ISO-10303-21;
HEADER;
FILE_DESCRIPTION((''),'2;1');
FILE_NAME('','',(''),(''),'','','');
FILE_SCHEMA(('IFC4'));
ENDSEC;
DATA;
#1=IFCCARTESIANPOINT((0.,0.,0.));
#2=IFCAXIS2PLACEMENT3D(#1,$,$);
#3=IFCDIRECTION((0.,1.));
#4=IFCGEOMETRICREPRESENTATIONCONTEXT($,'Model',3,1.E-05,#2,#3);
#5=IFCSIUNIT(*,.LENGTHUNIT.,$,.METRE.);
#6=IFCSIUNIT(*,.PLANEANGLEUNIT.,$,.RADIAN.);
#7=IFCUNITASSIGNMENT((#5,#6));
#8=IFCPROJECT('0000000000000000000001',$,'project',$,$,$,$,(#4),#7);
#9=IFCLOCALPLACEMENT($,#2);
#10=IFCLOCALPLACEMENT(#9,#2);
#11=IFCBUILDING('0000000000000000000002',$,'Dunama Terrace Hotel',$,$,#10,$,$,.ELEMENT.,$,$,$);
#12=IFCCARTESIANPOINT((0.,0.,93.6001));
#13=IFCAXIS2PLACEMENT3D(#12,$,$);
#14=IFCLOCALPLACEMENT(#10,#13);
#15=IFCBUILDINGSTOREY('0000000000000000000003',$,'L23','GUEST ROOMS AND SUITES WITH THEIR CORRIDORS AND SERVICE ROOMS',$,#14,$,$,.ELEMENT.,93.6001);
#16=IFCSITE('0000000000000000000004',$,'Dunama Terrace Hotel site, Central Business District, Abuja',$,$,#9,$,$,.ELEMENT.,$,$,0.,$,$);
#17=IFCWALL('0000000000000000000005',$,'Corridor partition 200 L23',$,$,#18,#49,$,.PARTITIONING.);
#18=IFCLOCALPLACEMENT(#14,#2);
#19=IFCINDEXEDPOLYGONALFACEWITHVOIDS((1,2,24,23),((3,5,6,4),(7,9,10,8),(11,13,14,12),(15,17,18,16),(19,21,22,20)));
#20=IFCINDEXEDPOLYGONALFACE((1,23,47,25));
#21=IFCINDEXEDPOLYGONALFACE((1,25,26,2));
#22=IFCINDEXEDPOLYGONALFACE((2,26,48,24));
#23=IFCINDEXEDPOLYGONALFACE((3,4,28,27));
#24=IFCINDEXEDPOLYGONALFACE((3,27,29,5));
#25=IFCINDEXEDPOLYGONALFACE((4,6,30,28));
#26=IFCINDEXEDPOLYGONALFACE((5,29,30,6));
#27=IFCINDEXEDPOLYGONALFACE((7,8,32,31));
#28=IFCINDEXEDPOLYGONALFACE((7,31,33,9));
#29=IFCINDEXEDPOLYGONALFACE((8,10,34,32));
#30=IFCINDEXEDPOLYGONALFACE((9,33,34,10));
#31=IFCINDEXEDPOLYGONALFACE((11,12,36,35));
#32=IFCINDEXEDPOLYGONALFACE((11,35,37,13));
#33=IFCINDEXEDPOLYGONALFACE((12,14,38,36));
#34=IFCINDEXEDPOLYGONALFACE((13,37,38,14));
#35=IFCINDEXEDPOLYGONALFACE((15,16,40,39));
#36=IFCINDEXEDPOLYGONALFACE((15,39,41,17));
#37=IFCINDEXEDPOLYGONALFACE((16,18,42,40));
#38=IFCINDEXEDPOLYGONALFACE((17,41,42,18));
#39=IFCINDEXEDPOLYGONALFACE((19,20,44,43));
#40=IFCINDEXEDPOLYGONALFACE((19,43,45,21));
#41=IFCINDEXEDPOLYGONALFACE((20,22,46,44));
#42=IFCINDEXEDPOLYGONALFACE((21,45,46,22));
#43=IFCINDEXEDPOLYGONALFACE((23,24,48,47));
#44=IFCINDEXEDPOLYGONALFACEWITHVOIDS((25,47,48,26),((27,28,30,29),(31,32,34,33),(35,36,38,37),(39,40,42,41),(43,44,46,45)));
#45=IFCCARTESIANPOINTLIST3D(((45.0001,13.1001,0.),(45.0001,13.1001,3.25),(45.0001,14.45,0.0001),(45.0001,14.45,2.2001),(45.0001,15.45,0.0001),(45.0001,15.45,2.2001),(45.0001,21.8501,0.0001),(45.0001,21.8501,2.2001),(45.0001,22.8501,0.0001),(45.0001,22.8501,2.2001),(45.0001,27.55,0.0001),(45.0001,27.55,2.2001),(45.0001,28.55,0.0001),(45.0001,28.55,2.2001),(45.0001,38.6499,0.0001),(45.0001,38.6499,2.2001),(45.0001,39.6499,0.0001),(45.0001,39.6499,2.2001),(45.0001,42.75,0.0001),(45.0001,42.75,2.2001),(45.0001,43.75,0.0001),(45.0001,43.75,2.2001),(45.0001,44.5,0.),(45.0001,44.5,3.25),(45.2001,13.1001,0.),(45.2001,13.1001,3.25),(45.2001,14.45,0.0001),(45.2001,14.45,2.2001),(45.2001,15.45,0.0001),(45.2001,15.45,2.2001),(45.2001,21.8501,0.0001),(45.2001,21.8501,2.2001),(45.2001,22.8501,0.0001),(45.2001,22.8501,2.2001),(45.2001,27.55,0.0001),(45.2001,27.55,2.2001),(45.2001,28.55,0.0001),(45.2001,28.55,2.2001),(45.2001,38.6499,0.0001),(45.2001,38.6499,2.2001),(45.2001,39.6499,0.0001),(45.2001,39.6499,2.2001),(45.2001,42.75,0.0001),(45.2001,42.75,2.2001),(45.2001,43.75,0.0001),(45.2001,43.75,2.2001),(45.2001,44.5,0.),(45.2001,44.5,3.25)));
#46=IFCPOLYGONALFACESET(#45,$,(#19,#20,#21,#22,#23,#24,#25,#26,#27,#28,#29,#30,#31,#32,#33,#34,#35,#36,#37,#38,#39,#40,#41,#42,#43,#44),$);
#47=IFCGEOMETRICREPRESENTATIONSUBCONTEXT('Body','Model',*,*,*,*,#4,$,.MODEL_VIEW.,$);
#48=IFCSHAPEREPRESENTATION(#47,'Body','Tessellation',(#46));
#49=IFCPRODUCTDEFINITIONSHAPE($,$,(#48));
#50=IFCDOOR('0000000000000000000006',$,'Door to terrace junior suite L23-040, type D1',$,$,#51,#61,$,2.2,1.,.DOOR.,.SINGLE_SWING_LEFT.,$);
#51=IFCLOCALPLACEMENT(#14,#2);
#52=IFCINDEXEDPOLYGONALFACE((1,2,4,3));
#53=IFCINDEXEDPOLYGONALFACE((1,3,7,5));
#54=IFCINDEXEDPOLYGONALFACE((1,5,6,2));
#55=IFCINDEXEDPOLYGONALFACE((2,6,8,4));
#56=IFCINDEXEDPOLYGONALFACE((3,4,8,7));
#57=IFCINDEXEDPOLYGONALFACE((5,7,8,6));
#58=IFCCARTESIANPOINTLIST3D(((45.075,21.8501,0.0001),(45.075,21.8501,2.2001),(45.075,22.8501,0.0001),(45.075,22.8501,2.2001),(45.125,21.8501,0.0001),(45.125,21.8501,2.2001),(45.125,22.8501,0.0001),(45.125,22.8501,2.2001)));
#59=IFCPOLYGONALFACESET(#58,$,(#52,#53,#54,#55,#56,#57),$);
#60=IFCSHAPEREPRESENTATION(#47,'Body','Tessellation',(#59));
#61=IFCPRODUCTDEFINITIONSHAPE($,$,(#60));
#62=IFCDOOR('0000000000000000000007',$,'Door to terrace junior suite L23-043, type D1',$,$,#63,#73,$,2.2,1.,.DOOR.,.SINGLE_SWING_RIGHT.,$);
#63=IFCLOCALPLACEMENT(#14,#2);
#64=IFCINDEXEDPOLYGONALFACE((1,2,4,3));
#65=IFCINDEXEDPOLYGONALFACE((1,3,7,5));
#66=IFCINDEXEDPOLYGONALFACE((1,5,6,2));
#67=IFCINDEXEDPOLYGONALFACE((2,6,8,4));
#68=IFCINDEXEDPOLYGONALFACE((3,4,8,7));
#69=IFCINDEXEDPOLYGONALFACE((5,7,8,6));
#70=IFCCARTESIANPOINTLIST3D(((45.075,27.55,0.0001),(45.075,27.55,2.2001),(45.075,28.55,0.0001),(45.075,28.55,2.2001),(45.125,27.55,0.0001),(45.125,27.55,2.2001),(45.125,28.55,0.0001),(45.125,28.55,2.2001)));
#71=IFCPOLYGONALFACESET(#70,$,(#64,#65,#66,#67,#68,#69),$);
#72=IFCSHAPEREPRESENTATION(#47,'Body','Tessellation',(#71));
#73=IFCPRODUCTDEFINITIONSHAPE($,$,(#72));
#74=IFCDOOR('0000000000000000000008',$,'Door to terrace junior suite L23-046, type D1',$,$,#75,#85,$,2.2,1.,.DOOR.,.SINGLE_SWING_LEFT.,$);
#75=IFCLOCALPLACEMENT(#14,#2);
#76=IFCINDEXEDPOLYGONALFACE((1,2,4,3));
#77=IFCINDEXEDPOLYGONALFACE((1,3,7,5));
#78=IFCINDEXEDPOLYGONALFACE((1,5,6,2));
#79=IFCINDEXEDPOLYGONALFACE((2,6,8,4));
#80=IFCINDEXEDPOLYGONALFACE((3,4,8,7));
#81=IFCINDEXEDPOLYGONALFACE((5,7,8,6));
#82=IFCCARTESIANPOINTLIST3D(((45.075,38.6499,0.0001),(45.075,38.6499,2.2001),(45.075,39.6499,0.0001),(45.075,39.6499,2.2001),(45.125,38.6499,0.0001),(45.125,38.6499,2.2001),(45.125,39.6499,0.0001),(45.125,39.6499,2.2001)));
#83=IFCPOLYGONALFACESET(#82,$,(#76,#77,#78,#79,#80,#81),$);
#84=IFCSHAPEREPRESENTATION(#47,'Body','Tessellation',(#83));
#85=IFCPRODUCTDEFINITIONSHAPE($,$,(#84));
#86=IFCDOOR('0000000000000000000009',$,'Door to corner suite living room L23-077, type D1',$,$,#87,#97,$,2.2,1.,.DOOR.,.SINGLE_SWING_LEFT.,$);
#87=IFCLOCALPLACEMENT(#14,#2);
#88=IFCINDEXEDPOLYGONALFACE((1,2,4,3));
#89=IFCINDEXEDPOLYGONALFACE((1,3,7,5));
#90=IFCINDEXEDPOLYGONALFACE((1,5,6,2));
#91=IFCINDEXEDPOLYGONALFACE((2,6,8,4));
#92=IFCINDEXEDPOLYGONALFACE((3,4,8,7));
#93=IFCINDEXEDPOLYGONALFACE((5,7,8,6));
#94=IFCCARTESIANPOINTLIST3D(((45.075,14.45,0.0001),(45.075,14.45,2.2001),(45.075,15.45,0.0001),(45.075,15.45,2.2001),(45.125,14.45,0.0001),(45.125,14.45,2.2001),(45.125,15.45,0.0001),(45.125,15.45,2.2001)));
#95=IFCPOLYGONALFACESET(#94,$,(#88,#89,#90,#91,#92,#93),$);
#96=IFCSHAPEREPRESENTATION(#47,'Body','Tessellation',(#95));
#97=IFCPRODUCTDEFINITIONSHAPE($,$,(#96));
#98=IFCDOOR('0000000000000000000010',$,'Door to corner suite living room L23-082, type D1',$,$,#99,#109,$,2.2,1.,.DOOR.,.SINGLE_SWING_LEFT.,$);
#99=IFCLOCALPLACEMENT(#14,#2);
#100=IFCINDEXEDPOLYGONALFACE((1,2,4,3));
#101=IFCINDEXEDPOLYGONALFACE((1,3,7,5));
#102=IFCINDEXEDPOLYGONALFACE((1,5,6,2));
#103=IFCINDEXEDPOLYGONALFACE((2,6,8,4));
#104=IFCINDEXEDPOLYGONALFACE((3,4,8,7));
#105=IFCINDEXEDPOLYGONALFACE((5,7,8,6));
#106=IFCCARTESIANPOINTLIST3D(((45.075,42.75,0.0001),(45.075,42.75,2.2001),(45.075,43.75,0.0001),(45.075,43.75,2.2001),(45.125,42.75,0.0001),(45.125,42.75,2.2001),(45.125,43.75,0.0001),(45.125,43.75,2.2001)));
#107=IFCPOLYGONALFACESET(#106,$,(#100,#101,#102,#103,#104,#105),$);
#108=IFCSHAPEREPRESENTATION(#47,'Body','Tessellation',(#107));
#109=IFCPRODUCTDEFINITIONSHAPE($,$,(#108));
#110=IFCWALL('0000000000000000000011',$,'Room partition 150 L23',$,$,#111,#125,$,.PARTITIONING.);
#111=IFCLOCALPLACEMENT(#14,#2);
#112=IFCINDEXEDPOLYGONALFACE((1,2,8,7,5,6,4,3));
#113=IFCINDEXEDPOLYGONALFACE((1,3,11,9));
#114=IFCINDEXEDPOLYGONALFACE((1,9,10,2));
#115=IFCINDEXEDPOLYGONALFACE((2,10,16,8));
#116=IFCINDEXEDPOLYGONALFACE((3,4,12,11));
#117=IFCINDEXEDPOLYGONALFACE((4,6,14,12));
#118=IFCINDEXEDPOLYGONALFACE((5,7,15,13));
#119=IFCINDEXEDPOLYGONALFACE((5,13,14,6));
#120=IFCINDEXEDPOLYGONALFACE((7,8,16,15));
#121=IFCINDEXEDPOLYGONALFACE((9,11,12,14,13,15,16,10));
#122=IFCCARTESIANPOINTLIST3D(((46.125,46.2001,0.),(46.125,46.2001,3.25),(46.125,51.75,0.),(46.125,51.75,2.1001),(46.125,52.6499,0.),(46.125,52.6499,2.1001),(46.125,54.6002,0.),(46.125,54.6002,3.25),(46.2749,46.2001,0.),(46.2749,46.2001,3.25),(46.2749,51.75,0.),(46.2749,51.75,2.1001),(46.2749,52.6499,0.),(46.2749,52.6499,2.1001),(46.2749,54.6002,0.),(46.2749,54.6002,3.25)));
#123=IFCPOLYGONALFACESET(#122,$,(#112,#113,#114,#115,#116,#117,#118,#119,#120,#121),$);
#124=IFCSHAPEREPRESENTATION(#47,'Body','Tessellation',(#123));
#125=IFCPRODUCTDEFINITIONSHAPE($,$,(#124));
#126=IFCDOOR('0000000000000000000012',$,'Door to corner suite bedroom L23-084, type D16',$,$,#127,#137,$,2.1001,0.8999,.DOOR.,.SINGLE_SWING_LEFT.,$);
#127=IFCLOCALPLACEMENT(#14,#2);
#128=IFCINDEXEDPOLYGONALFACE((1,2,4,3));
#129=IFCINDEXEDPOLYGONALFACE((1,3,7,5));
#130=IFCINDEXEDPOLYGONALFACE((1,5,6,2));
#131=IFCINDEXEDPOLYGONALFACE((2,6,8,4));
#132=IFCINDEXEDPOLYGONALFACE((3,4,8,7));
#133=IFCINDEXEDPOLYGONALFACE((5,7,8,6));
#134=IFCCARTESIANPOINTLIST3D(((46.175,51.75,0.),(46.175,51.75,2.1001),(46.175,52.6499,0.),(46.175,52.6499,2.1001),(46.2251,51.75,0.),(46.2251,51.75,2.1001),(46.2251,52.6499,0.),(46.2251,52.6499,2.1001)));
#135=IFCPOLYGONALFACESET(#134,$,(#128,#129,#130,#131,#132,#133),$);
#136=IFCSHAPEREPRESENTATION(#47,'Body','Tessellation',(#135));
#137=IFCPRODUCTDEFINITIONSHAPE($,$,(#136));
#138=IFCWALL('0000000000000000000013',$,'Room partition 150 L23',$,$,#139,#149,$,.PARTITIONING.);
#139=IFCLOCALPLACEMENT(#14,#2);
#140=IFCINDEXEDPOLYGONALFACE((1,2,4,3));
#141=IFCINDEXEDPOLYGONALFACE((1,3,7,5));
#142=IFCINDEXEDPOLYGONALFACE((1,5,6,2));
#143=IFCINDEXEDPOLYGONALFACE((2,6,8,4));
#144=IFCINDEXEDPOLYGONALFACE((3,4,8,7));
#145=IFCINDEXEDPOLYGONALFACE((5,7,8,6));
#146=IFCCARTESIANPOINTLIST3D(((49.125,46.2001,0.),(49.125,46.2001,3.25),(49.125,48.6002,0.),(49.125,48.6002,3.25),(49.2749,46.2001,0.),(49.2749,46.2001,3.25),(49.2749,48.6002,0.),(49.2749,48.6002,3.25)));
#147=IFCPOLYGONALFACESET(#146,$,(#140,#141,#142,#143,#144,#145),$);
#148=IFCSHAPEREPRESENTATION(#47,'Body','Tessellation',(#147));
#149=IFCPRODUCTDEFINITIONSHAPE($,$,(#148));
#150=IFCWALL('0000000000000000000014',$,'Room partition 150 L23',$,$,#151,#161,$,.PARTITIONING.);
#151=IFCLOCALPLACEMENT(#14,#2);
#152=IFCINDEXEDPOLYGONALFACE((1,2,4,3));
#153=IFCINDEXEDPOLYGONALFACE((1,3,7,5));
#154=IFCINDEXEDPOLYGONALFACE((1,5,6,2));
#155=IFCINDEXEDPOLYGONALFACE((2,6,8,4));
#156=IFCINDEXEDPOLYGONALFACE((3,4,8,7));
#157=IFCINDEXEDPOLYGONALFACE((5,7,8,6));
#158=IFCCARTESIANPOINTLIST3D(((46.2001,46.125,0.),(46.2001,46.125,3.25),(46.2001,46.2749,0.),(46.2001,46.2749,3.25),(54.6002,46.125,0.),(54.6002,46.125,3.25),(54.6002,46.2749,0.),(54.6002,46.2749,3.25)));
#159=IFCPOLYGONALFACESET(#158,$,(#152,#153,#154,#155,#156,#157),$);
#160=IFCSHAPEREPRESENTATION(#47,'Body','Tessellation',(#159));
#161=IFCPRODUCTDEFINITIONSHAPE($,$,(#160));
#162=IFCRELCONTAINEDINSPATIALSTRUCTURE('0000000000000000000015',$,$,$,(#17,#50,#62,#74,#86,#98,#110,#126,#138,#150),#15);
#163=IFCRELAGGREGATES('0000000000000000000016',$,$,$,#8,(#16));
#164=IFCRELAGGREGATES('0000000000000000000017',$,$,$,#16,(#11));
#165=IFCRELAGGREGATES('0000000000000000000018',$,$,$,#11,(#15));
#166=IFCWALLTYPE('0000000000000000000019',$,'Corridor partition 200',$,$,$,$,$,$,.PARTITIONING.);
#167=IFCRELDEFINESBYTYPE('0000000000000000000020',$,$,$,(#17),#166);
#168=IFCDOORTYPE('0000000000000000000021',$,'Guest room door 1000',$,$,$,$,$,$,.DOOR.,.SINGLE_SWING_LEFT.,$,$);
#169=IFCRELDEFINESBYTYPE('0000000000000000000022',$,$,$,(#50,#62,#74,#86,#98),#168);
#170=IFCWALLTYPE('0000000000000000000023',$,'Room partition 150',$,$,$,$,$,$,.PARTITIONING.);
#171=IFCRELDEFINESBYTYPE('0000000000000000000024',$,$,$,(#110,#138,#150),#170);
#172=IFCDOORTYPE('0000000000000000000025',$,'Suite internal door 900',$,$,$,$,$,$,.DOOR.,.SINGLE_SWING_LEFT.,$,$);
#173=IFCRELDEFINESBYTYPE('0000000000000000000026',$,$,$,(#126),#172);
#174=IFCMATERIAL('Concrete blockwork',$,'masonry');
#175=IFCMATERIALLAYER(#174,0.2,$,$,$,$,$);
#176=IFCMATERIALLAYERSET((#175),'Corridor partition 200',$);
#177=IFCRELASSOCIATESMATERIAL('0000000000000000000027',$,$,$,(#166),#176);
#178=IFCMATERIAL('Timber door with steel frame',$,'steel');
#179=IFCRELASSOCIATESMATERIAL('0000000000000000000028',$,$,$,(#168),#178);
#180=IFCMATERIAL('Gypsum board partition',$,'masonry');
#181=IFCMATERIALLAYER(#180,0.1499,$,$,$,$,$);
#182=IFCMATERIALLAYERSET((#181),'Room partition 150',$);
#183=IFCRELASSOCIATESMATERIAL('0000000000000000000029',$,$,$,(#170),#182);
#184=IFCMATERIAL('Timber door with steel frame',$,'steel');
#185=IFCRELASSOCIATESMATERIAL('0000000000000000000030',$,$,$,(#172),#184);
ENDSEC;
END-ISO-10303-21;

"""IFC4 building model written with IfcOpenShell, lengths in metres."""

from ifc_helpers import new_model, si_unit, direction, frame, frame_2d, origin, place, context, subcontext, project, spatial, rectangle, extrude, material, layer, layer_set, type_object, element, fill, save


model = new_model("IFC4")

# Units and contexts
model_context = context("Model", 3, precision=1e-05, world=origin(), true_north=direction((0.0, 1.0)))
body_context = subcontext(model_context, "Body", "Model", "MODEL_VIEW")
ifc_project = project(units=[si_unit("LENGTHUNIT", "METRE"), si_unit("PLANEANGLEUNIT", "RADIAN")], contexts=[model_context])

# Site, building, storey
site_placement = place(None, origin())
site = spatial("IfcSite", under=ifc_project, at=site_placement, Name="Dunama Terrace Hotel site, Central Business District, Abuja", CompositionType="ELEMENT", RefElevation=0.0)
building_placement = place(site_placement, origin())
building = spatial("IfcBuilding", under=site, at=building_placement, Name="Dunama Terrace Hotel", CompositionType="ELEMENT")
storey_placement = place(building_placement, frame((0.0, 0.0, 93.6001)))
storey = spatial("IfcBuildingStorey", under=building, at=storey_placement, Name="L23", Description="GUEST ROOMS AND SUITES WITH THEIR CORRIDORS AND SERVICE ROOMS", CompositionType="ELEMENT", Elevation=93.6001)

# Wall, openings, doors
ifc_material_1 = material(Name="Concrete blockwork", Category="masonry")
ifc_layer_1 = layer(ifc_material_1, 0.2)
ifc_layer_set_1 = layer_set([ifc_layer_1], Name="Corridor partition 200")
wall_type_1 = type_object("IfcWallType", Name="Corridor partition 200", PredefinedType="PARTITIONING", material=ifc_layer_set_1)
wall_1_placement = place(storey_placement, frame((45.1001, 44.5, 0.0), z_axis=(0.0, 0.0, 1.0), x_axis=(0.0, -1.0, 0.0)))
wall_1 = element("IfcWall", 1, at=wall_1_placement, inside=storey, type_object=wall_type_1, Name="Corridor partition 200 L23", PredefinedType="PARTITIONING", context=body_context, shape_type="SweptSolid", body=[
    extrude(rectangle(XDim=31.3999, YDim=0.2, at=frame_2d((15.7, 0.0))), origin(), (0.0, 0.0, 1.0), 3.25),
])
opening_1_placement = place(wall_1_placement, frame((21.6499, 0.0, 0.0)))
opening_1 = element("IfcOpeningElement", 2, at=opening_1_placement, cuts=wall_1, PredefinedType="OPENING", context=body_context, shape_type="SweptSolid", body=[
    extrude(rectangle(XDim=1.0, YDim=2.2, at=frame_2d((0.5, 1.1001))), frame((0.0, 0.1099, 0.0), z_axis=(0.0, -1.0, 0.0), x_axis=(1.0, 0.0, 0.0)), (0.0, 0.0, 1.0), 0.22),
])
opening_2_placement = place(wall_1_placement, frame((15.95, 0.0, 0.0)))
opening_2 = element("IfcOpeningElement", 3, at=opening_2_placement, cuts=wall_1, PredefinedType="OPENING", context=body_context, shape_type="SweptSolid", body=[
    extrude(rectangle(XDim=1.0, YDim=2.2, at=frame_2d((0.5, 1.1001))), frame((0.0, 0.1099, 0.0), z_axis=(0.0, -1.0, 0.0), x_axis=(1.0, 0.0, 0.0)), (0.0, 0.0, 1.0), 0.22),
])
opening_3_placement = place(wall_1_placement, frame((4.8501, 0.0, 0.0)))
opening_3 = element("IfcOpeningElement", 4, at=opening_3_placement, cuts=wall_1, PredefinedType="OPENING", context=body_context, shape_type="SweptSolid", body=[
    extrude(rectangle(XDim=1.0, YDim=2.2, at=frame_2d((0.5, 1.1001))), frame((0.0, 0.1099, 0.0), z_axis=(0.0, -1.0, 0.0), x_axis=(1.0, 0.0, 0.0)), (0.0, 0.0, 1.0), 0.22),
])
opening_4_placement = place(wall_1_placement, frame((29.05, 0.0, 0.0)))
opening_4 = element("IfcOpeningElement", 5, at=opening_4_placement, cuts=wall_1, PredefinedType="OPENING", context=body_context, shape_type="SweptSolid", body=[
    extrude(rectangle(XDim=1.0, YDim=2.2, at=frame_2d((0.5, 1.1001))), frame((0.0, 0.1099, 0.0), z_axis=(0.0, -1.0, 0.0), x_axis=(1.0, 0.0, 0.0)), (0.0, 0.0, 1.0), 0.22),
])
opening_5_placement = place(wall_1_placement, frame((0.75, 0.0, 0.0)))
opening_5 = element("IfcOpeningElement", 6, at=opening_5_placement, cuts=wall_1, PredefinedType="OPENING", context=body_context, shape_type="SweptSolid", body=[
    extrude(rectangle(XDim=1.0, YDim=2.2, at=frame_2d((0.5, 1.1001))), frame((0.0, 0.1099, 0.0), z_axis=(0.0, -1.0, 0.0), x_axis=(1.0, 0.0, 0.0)), (0.0, 0.0, 1.0), 0.22),
])
ifc_material_2 = material(Name="Timber door with steel frame", Category="steel")
door_type_1 = type_object("IfcDoorType", Name="Guest room door 1000", OperationType="SINGLE_SWING_LEFT", PredefinedType="DOOR", material=ifc_material_2)
door_1_placement = place(opening_1_placement, origin())
door_1 = element("IfcDoor", 7, at=door_1_placement, inside=storey, type_object=door_type_1, Name="Door to terrace junior suite L23-040, type D1", OperationType="SINGLE_SWING_LEFT", OverallHeight=2.2, OverallWidth=1.0, PredefinedType="DOOR", context=body_context, shape_type="SweptSolid", body=[
    extrude(rectangle(XDim=1.0, YDim=2.2, at=frame_2d((0.5, 1.1001))), frame((0.0, 0.0249, 0.0), z_axis=(0.0, -1.0, 0.0), x_axis=(1.0, 0.0, 0.0)), (0.0, 0.0, 1.0), 0.05),
])
fill(opening_1, door_1)
door_2_placement = place(opening_2_placement, origin())
door_2 = element("IfcDoor", 8, at=door_2_placement, inside=storey, type_object=door_type_1, Name="Door to terrace junior suite L23-043, type D1", OperationType="SINGLE_SWING_RIGHT", OverallHeight=2.2, OverallWidth=1.0, PredefinedType="DOOR", context=body_context, shape_type="SweptSolid", body=[
    extrude(rectangle(XDim=1.0, YDim=2.2, at=frame_2d((0.5, 1.1001))), frame((0.0, 0.0249, 0.0), z_axis=(0.0, -1.0, 0.0), x_axis=(1.0, 0.0, 0.0)), (0.0, 0.0, 1.0), 0.05),
])
fill(opening_2, door_2)
door_3_placement = place(opening_3_placement, origin())
door_3 = element("IfcDoor", 9, at=door_3_placement, inside=storey, type_object=door_type_1, Name="Door to terrace junior suite L23-046, type D1", OperationType="SINGLE_SWING_LEFT", OverallHeight=2.2, OverallWidth=1.0, PredefinedType="DOOR", context=body_context, shape_type="SweptSolid", body=[
    extrude(rectangle(XDim=1.0, YDim=2.2, at=frame_2d((0.5, 1.1001))), frame((0.0, 0.0249, 0.0), z_axis=(0.0, -1.0, 0.0), x_axis=(1.0, 0.0, 0.0)), (0.0, 0.0, 1.0), 0.05),
])
fill(opening_3, door_3)
door_4_placement = place(opening_4_placement, origin())
door_4 = element("IfcDoor", 10, at=door_4_placement, inside=storey, type_object=door_type_1, Name="Door to corner suite living room L23-077, type D1", OperationType="SINGLE_SWING_LEFT", OverallHeight=2.2, OverallWidth=1.0, PredefinedType="DOOR", context=body_context, shape_type="SweptSolid", body=[
    extrude(rectangle(XDim=1.0, YDim=2.2, at=frame_2d((0.5, 1.1001))), frame((0.0, 0.0249, 0.0), z_axis=(0.0, -1.0, 0.0), x_axis=(1.0, 0.0, 0.0)), (0.0, 0.0, 1.0), 0.05),
])
fill(opening_4, door_4)
door_5_placement = place(opening_5_placement, origin())
door_5 = element("IfcDoor", 11, at=door_5_placement, inside=storey, type_object=door_type_1, Name="Door to corner suite living room L23-082, type D1", OperationType="SINGLE_SWING_LEFT", OverallHeight=2.2, OverallWidth=1.0, PredefinedType="DOOR", context=body_context, shape_type="SweptSolid", body=[
    extrude(rectangle(XDim=1.0, YDim=2.2, at=frame_2d((0.5, 1.1001))), frame((0.0, 0.0249, 0.0), z_axis=(0.0, -1.0, 0.0), x_axis=(1.0, 0.0, 0.0)), (0.0, 0.0, 1.0), 0.05),
])
fill(opening_5, door_5)

# Wall, opening, door
ifc_material_3 = material(Name="Gypsum board partition", Category="masonry")
ifc_layer_2 = layer(ifc_material_3, 0.1499)
ifc_layer_set_2 = layer_set([ifc_layer_2], Name="Room partition 150")
wall_type_2 = type_object("IfcWallType", Name="Room partition 150", PredefinedType="PARTITIONING", material=ifc_layer_set_2)
wall_2_placement = place(storey_placement, frame((46.2, 46.2, 0.0), z_axis=(0.0, 0.0, 1.0), x_axis=(0.0, 1.0, 0.0)))
wall_2 = element("IfcWall", 12, at=wall_2_placement, inside=storey, type_object=wall_type_2, Name="Room partition 150 L23", PredefinedType="PARTITIONING", context=body_context, shape_type="SweptSolid", body=[
    extrude(rectangle(XDim=8.4001, YDim=0.1499, at=frame_2d((4.2002, 0.0))), origin(), (0.0, 0.0, 1.0), 3.25),
])
opening_6_placement = place(wall_2_placement, frame((5.55, 0.0, 0.0)))
opening_6 = element("IfcOpeningElement", 13, at=opening_6_placement, cuts=wall_2, PredefinedType="OPENING", context=body_context, shape_type="SweptSolid", body=[
    extrude(rectangle(XDim=0.8999, YDim=2.1001, at=frame_2d((0.45, 1.05))), frame((0.0, 0.085, 0.0), z_axis=(0.0, -1.0, 0.0), x_axis=(1.0, 0.0, 0.0)), (0.0, 0.0, 1.0), 0.1699),
])
ifc_material_4 = material(Name="Timber door with steel frame", Category="steel")
door_type_2 = type_object("IfcDoorType", Name="Suite internal door 900", OperationType="SINGLE_SWING_LEFT", PredefinedType="DOOR", material=ifc_material_4)
door_6_placement = place(opening_6_placement, frame((0.8999, 0.0, 0.0), z_axis=(0.0, 0.0, 1.0), x_axis=(-1.0, 0.0, 0.0)))
door_6 = element("IfcDoor", 14, at=door_6_placement, inside=storey, type_object=door_type_2, Name="Door to corner suite bedroom L23-084, type D16", OperationType="SINGLE_SWING_LEFT", OverallHeight=2.1001, OverallWidth=0.8999, PredefinedType="DOOR", context=body_context, shape_type="SweptSolid", body=[
    extrude(rectangle(XDim=0.8999, YDim=2.1001, at=frame_2d((0.45, 1.05))), frame((0.0, 0.0251, 0.0), z_axis=(0.0, -1.0, 0.0), x_axis=(1.0, 0.0, 0.0)), (0.0, 0.0, 1.0), 0.05),
])
fill(opening_6, door_6)

# Walls
wall_3_placement = place(storey_placement, frame((49.2, 46.2, 0.0), z_axis=(0.0, 0.0, 1.0), x_axis=(0.0, 1.0, 0.0)))
element("IfcWall", 15, at=wall_3_placement, inside=storey, type_object=wall_type_2, Name="Room partition 150 L23", PredefinedType="PARTITIONING", context=body_context, shape_type="SweptSolid", body=[
    extrude(rectangle(XDim=2.4001, YDim=0.1499, at=frame_2d((1.2002, 0.0))), origin(), (0.0, 0.0, 1.0), 3.25),
])
wall_4_placement = place(storey_placement, frame((46.2, 46.2, 0.0), z_axis=(0.0, 0.0, 1.0), x_axis=(1.0, 0.0, 0.0)))
element("IfcWall", 16, at=wall_4_placement, inside=storey, type_object=wall_type_2, Name="Room partition 150 L23", PredefinedType="PARTITIONING", context=body_context, shape_type="SweptSolid", body=[
    extrude(rectangle(XDim=8.4001, YDim=0.1499, at=frame_2d((4.2002, 0.0))), origin(), (0.0, 0.0, 1.0), 3.25),
])

save(model, "model.ifc")
